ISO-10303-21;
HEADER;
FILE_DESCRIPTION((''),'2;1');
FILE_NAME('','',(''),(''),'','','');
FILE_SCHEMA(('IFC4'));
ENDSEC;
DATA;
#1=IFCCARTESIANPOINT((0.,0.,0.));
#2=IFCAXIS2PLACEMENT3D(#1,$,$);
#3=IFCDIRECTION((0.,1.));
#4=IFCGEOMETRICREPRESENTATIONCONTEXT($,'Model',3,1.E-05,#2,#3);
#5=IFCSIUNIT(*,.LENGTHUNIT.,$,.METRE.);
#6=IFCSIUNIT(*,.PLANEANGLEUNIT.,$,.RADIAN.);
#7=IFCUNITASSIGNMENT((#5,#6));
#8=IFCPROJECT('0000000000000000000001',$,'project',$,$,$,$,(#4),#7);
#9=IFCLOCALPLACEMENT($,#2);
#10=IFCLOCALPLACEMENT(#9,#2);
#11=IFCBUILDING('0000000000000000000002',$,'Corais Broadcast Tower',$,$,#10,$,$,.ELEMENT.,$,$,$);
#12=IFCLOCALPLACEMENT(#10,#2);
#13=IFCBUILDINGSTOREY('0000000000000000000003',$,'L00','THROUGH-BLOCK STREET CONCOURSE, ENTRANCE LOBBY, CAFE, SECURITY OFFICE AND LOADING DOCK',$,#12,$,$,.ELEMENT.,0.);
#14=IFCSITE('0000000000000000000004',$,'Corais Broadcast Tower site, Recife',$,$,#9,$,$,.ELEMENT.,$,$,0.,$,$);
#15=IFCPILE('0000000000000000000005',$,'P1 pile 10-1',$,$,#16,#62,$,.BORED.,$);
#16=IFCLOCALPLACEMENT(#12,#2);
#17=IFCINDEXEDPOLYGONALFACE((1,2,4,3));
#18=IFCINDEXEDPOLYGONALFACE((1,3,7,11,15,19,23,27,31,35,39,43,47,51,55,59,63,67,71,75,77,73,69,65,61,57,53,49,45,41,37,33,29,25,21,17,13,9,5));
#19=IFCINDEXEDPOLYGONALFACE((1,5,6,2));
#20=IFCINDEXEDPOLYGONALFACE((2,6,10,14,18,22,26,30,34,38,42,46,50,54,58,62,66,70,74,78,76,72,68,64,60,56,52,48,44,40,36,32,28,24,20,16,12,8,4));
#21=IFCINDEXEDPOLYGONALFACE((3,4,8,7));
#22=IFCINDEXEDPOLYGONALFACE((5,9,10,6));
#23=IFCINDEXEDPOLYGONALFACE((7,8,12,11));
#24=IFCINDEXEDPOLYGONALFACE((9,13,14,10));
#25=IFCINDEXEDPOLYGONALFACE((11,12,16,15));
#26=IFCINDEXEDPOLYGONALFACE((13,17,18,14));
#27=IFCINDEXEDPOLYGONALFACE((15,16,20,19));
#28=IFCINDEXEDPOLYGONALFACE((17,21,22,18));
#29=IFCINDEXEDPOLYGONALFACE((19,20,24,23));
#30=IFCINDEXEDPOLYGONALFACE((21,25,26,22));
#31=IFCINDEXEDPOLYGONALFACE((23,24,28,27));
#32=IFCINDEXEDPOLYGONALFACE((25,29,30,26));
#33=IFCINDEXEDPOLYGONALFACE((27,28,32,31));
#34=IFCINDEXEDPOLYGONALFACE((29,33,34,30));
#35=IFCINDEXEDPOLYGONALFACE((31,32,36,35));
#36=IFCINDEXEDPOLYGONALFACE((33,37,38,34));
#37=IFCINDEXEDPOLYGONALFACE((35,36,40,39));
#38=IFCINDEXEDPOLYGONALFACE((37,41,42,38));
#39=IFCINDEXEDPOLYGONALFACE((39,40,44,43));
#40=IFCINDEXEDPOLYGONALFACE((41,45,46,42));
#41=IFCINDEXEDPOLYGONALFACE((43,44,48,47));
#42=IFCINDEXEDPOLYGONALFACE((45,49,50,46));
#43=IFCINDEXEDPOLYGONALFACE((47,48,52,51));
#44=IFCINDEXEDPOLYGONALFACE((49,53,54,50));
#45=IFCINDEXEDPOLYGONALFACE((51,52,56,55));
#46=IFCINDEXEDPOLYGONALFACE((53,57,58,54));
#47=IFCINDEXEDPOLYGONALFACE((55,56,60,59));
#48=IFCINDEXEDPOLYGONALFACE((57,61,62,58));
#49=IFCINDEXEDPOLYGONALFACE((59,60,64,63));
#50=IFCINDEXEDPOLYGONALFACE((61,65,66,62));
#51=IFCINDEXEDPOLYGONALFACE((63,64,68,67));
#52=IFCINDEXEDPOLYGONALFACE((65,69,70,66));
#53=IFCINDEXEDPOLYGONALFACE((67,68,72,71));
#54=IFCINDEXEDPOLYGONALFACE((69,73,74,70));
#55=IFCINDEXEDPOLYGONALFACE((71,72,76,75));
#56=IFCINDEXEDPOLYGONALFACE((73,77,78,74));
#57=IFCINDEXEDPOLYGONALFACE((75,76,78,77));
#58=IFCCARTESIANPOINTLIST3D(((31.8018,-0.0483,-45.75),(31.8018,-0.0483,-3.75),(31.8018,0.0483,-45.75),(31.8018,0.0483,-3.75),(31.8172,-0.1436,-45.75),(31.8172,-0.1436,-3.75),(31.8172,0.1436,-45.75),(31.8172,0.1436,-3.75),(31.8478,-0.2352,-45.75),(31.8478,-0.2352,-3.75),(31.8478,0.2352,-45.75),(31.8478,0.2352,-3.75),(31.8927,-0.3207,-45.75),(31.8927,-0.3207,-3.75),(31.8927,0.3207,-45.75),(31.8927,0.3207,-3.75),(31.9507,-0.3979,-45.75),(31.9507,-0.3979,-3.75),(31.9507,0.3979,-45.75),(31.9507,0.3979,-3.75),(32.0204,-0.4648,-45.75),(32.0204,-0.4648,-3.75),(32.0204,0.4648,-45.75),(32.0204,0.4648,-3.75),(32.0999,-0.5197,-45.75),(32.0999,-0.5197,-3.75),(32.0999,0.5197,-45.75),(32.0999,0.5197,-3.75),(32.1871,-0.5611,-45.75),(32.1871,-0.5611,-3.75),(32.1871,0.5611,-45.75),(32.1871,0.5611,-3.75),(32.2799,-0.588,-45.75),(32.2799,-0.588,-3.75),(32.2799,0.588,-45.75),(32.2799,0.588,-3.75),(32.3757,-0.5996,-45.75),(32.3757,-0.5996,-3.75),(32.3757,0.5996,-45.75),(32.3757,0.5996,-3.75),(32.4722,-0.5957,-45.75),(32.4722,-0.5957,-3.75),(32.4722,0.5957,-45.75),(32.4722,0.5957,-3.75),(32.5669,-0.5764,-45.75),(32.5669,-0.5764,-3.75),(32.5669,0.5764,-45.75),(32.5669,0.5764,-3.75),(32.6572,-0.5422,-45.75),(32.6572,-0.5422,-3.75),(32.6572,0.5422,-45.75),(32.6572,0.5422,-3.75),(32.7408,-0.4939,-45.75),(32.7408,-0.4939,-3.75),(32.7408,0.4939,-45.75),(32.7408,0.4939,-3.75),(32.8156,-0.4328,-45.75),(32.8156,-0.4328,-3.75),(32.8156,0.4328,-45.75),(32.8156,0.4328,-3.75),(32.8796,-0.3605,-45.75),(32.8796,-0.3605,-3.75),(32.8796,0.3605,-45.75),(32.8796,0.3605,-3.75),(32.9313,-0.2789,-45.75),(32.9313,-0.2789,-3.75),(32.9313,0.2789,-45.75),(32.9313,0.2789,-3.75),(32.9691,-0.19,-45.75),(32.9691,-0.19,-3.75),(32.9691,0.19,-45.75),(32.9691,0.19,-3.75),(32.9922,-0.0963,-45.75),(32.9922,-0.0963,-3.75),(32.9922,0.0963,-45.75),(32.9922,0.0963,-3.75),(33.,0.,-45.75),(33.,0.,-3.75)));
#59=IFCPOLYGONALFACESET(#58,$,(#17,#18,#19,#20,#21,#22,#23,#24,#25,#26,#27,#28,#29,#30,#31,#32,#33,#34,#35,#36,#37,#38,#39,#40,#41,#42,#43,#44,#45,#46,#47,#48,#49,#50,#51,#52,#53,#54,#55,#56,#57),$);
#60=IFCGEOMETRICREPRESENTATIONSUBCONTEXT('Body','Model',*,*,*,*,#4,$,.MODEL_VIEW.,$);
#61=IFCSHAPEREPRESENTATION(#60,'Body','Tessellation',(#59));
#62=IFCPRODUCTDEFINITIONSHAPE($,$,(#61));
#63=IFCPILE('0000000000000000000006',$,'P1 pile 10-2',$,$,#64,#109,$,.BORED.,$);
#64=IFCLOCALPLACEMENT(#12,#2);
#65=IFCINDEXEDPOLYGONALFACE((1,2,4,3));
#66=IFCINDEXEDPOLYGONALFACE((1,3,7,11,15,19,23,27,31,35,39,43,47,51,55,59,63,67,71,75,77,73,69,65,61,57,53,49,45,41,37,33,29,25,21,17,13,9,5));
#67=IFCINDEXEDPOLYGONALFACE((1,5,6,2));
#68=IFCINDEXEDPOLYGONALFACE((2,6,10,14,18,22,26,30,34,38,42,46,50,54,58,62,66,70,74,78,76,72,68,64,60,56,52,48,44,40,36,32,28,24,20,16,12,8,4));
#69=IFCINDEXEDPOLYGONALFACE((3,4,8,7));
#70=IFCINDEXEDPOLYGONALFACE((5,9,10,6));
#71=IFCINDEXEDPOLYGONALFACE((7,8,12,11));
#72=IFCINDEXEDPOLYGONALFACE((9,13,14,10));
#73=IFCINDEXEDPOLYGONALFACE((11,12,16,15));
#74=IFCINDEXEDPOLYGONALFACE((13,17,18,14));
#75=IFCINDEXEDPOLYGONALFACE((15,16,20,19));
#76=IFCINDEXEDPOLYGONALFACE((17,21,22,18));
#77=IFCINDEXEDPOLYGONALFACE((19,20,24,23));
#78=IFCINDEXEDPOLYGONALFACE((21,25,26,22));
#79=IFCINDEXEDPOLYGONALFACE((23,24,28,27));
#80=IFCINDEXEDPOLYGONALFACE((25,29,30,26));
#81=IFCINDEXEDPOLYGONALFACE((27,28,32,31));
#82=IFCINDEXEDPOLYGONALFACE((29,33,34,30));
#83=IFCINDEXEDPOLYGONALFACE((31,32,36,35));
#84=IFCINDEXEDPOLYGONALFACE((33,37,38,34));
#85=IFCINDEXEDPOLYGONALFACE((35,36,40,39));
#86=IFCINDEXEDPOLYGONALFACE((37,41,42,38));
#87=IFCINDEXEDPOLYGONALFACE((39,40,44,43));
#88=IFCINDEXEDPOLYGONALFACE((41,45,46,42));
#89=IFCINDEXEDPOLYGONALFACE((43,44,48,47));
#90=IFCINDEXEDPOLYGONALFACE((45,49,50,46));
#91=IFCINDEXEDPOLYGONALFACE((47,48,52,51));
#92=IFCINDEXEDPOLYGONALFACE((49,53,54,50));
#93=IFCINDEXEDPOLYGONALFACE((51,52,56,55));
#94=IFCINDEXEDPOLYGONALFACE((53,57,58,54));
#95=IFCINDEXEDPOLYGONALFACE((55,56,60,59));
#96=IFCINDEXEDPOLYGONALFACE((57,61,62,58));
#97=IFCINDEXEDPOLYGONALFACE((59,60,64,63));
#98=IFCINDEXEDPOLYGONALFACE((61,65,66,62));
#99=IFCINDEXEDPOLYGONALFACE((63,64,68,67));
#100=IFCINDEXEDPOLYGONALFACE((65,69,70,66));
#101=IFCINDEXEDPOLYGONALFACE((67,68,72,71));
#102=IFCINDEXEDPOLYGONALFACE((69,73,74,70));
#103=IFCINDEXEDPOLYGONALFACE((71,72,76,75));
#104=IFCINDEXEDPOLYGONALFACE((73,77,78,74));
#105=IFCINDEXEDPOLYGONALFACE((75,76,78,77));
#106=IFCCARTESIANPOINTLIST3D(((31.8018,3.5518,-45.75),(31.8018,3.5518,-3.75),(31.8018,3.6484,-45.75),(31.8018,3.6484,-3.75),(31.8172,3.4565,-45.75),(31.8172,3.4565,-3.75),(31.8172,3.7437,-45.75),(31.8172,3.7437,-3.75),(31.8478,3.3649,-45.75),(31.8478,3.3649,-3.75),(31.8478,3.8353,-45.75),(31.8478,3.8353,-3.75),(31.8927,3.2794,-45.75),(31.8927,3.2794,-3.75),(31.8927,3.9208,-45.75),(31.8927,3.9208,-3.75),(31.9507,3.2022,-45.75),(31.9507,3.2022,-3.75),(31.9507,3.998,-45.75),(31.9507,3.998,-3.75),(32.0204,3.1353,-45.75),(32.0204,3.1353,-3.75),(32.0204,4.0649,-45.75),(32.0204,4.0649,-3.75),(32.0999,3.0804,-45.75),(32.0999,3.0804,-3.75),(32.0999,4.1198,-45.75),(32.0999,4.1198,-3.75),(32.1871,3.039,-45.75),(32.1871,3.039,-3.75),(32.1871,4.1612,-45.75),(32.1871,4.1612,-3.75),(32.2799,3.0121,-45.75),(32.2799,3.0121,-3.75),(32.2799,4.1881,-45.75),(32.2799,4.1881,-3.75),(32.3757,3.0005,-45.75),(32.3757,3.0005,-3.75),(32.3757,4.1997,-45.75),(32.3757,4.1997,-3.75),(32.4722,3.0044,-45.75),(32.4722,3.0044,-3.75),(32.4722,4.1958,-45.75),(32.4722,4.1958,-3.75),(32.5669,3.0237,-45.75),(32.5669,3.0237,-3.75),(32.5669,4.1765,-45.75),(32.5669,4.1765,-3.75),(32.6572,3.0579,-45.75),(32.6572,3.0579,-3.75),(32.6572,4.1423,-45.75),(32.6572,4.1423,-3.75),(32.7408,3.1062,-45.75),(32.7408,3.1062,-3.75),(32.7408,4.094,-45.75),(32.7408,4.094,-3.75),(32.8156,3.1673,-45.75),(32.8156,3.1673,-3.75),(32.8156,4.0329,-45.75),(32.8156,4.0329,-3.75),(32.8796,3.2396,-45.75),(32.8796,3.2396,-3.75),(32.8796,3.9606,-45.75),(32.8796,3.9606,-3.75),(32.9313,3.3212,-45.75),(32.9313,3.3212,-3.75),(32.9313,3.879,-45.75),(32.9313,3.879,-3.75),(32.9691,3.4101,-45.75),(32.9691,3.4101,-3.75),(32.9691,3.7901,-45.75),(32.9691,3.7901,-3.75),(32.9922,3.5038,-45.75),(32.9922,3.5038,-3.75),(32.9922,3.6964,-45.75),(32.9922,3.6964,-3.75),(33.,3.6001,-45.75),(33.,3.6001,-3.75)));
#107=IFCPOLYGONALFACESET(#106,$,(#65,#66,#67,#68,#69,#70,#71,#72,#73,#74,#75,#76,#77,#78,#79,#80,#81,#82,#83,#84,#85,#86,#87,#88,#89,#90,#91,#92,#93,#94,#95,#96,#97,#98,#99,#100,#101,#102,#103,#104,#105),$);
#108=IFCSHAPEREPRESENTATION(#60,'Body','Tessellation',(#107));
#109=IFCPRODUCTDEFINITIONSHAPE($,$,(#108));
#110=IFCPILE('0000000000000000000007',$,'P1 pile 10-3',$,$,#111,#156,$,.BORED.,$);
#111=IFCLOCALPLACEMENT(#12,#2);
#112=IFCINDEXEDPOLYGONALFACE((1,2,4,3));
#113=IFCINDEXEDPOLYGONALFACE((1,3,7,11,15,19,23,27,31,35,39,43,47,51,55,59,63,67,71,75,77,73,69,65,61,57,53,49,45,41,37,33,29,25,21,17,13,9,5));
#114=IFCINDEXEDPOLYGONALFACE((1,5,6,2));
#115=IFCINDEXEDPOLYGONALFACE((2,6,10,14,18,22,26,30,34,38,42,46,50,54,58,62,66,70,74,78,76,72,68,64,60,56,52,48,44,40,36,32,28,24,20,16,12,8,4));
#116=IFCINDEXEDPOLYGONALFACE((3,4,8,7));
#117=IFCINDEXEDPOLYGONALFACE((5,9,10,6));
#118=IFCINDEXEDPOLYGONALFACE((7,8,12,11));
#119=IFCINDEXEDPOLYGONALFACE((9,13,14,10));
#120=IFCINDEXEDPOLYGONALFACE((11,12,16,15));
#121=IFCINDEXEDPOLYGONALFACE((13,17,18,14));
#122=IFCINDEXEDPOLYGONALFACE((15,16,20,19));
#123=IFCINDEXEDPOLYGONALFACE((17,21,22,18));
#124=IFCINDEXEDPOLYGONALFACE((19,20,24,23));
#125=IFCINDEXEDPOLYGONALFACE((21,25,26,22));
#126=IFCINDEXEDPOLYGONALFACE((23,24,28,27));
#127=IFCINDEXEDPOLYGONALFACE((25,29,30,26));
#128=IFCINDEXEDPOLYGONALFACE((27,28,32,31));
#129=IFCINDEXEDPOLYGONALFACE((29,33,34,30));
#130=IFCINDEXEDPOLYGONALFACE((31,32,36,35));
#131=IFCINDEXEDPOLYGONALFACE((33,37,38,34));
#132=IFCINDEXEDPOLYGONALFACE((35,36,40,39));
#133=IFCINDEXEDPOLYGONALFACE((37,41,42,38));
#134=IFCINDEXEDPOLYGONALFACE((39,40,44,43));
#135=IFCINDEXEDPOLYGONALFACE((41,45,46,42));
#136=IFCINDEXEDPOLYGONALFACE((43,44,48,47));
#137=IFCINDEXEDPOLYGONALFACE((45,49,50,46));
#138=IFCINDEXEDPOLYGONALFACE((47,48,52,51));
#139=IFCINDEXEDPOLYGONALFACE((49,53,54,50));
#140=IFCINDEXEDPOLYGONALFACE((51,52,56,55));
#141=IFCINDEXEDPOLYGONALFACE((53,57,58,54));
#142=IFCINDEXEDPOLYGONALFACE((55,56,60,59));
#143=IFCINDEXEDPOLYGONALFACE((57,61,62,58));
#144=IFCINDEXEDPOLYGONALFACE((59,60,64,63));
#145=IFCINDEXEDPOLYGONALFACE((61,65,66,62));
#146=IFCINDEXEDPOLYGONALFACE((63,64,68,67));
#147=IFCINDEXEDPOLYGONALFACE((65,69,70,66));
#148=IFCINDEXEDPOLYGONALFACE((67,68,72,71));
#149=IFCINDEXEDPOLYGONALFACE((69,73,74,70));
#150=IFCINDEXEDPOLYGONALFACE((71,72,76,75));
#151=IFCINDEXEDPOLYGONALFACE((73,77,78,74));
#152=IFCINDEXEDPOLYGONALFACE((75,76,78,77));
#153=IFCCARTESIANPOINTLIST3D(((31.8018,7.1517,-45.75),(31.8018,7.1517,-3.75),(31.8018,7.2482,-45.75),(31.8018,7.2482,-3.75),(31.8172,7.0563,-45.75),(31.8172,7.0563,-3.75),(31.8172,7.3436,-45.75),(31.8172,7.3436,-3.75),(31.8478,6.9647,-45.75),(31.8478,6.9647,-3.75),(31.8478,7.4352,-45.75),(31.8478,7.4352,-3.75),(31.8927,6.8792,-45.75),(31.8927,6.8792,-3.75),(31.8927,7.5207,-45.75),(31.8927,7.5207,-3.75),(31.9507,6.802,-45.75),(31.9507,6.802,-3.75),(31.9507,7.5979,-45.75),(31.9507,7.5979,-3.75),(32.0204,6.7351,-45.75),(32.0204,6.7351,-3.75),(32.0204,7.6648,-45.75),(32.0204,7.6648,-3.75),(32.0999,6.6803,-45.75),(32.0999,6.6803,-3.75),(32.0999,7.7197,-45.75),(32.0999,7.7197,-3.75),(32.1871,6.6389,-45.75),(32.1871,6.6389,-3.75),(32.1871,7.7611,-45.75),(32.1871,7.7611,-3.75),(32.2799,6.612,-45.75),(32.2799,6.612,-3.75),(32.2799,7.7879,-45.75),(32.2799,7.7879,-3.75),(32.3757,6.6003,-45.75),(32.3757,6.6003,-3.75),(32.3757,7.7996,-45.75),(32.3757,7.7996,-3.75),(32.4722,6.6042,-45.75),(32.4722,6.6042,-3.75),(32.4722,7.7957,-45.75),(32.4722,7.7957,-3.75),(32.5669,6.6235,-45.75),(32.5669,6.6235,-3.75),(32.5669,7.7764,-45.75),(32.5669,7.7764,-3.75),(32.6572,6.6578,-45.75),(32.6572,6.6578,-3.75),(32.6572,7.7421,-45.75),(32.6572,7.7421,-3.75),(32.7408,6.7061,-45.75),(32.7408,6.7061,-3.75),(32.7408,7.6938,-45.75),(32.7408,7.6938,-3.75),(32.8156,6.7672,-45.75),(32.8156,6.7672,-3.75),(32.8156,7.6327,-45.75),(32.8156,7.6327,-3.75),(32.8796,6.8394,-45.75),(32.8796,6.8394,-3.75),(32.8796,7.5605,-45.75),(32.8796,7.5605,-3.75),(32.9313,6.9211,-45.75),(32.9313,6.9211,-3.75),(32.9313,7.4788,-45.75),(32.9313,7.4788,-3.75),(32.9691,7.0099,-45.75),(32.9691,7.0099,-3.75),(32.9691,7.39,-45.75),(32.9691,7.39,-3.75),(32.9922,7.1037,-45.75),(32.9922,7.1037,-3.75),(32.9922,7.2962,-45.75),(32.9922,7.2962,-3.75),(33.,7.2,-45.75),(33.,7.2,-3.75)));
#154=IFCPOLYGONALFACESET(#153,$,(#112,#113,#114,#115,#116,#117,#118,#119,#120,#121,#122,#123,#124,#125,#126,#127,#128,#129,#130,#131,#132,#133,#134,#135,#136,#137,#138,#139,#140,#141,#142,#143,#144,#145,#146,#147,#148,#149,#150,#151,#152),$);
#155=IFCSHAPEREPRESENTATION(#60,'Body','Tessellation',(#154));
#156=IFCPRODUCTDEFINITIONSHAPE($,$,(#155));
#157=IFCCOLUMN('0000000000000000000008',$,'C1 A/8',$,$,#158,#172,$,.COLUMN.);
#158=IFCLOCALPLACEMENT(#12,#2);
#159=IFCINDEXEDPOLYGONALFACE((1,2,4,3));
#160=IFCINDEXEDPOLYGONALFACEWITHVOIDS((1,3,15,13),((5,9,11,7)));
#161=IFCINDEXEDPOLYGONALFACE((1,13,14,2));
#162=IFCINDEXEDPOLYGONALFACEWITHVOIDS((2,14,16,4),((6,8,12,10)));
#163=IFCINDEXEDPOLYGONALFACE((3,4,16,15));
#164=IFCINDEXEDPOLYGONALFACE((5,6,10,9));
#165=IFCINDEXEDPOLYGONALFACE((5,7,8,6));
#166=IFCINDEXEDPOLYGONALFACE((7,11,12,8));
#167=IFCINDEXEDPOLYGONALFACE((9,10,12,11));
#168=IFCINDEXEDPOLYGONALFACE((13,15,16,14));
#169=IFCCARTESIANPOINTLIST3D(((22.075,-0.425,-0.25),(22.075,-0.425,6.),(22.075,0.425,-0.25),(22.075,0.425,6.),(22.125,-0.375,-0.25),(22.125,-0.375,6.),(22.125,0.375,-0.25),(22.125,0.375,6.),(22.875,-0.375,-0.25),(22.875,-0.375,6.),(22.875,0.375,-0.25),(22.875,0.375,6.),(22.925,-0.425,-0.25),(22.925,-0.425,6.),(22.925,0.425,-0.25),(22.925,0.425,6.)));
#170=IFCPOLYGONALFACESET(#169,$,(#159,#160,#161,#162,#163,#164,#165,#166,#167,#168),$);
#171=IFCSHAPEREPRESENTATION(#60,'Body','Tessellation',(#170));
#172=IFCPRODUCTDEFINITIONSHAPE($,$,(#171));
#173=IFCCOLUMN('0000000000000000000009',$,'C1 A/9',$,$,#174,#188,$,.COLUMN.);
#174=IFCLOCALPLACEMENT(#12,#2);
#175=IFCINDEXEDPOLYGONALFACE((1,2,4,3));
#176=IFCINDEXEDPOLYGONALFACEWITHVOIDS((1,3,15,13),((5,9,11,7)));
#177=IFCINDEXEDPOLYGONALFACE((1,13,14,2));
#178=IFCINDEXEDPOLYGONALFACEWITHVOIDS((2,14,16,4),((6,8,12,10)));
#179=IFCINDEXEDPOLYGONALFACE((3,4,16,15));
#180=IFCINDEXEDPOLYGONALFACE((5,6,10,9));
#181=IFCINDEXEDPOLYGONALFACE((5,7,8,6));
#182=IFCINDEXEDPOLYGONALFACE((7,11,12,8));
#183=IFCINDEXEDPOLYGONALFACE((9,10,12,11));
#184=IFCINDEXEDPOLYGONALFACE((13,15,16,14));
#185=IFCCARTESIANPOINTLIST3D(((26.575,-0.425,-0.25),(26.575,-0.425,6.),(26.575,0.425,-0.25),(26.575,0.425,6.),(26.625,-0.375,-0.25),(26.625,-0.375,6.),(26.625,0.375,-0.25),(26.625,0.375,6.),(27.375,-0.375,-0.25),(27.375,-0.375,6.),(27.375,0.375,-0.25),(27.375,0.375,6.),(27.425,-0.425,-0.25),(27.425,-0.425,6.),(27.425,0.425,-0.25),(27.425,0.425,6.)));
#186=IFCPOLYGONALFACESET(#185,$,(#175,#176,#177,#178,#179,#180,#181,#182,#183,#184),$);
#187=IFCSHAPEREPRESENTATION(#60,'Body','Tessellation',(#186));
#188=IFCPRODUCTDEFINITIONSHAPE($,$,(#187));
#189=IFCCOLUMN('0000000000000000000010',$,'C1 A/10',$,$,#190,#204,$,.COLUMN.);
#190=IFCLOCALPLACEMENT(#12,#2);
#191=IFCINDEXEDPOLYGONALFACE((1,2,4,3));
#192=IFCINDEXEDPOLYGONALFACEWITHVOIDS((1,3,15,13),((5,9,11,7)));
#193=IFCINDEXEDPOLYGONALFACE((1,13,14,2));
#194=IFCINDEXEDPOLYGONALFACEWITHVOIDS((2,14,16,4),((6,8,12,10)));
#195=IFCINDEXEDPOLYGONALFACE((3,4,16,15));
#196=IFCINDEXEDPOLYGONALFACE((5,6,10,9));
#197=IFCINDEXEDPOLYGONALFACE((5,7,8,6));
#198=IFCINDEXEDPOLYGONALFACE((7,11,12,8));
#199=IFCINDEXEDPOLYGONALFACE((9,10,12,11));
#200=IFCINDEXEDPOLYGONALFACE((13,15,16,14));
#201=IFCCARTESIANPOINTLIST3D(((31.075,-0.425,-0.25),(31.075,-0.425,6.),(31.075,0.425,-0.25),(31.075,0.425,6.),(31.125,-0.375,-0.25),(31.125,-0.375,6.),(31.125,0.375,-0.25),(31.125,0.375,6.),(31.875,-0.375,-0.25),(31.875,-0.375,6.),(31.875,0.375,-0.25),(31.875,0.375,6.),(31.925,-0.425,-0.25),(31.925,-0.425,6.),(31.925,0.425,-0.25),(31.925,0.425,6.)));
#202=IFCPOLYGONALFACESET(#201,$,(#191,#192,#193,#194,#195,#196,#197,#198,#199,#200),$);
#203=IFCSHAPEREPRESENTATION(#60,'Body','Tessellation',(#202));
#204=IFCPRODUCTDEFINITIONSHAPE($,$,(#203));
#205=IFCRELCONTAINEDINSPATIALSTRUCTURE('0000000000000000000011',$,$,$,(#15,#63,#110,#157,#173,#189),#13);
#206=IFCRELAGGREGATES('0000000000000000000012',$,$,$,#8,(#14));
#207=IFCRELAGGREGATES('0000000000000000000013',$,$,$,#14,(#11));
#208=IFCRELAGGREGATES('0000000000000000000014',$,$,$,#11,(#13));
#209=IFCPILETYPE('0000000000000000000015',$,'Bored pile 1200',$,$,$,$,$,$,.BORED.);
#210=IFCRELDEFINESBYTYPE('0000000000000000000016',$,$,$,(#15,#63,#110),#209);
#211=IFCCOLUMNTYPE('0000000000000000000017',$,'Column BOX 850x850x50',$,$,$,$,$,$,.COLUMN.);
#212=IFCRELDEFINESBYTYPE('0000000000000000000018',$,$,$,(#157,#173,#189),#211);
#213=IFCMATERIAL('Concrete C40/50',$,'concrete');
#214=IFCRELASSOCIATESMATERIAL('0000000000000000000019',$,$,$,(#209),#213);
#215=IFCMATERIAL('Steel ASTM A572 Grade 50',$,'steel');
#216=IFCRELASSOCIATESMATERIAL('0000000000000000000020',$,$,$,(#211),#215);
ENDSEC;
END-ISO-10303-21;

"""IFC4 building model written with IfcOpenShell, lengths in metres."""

from ifc_helpers import new_model, si_unit, direction, frame, origin, origin_2d, place, context, subcontext, project, spatial, hollow_rectangle, circle, extrude, material, material_profile, profile_set, type_object, element, save


model = new_model("IFC4")

# Units and contexts
model_context = context("Model", 3, precision=1e-05, world=origin(), true_north=direction((0.0, 1.0)))
body_context = subcontext(model_context, "Body", "Model", "MODEL_VIEW")
ifc_project = project(units=[si_unit("LENGTHUNIT", "METRE"), si_unit("PLANEANGLEUNIT", "RADIAN")], contexts=[model_context])

# Site, building, storey
site_placement = place(None, origin())
site = spatial("IfcSite", under=ifc_project, at=site_placement, Name="Corais Broadcast Tower site, Recife", CompositionType="ELEMENT", RefElevation=0.0)
building_placement = place(site_placement, origin())
building = spatial("IfcBuilding", under=site, at=building_placement, Name="Corais Broadcast Tower", CompositionType="ELEMENT")
storey_placement = place(building_placement, origin())
storey = spatial("IfcBuildingStorey", under=building, at=storey_placement, Name="L00", Description="THROUGH-BLOCK STREET CONCOURSE, ENTRANCE LOBBY, CAFE, SECURITY OFFICE AND LOADING DOCK", CompositionType="ELEMENT", Elevation=0.0)

# Piles
ifc_material_1 = material(Name="Concrete C40/50", Category="concrete")
pile_type = type_object("IfcPileType", Name="Bored pile 1200", PredefinedType="BORED", material=ifc_material_1)
for number, where, z_axis, x_axis, name in (
    (1, (32.3999, 0.0, -3.75), (0.0, 0.0, -1.0), (1.0, 0.0, 0.0), "P1 pile 10-1"),
    (2, (32.3999, 3.6001, -3.75), (0.0, 0.0, -1.0), (1.0, 0.0, 0.0), "P1 pile 10-2"),
    (3, (32.3999, 7.2, -3.75), (0.0, 0.0, -1.0), (1.0, 0.0, 0.0), "P1 pile 10-3"),
):
    element("IfcPile", number, at=place(storey_placement, frame(where, z_axis=z_axis, x_axis=x_axis)), inside=storey, type_object=pile_type, Name=name, PredefinedType="BORED", context=body_context, shape_type="SweptSolid", body=[
        extrude(circle(Radius=0.6001, at=origin_2d()), origin(), (0.0, 0.0, 1.0), 42.0),
    ])

# Columns
ifc_material_2 = material(Name="Steel ASTM A572 Grade 50", Category="steel")
ifc_material_profile_1 = material_profile(ifc_material_2, hollow_rectangle(XDim=0.8501, YDim=0.8501, WallThickness=0.05, at=origin_2d()), Name="BOX 850x850x50")
ifc_profile_set_1 = profile_set([ifc_material_profile_1], Name="Steel ASTM A572 Grade 50")
column_type = type_object("IfcColumnType", Name="Column BOX 850x850x50", PredefinedType="COLUMN", material=ifc_profile_set_1)
for number, where, z_axis, x_axis, name in (
    (4, (22.5, 0.0, -0.25), (0.0, 0.0, 1.0), (1.0, 0.0, 0.0), "C1 A/8"),
    (5, (27.0, 0.0, -0.25), (0.0, 0.0, 1.0), (1.0, 0.0, 0.0), "C1 A/9"),
    (6, (31.5, 0.0, -0.25), (0.0, 0.0, 1.0), (1.0, 0.0, 0.0), "C1 A/10"),
):
    element("IfcColumn", number, at=place(storey_placement, frame(where, z_axis=z_axis, x_axis=x_axis)), inside=storey, type_object=column_type, Name=name, PredefinedType="COLUMN", context=body_context, shape_type="SweptSolid", body=[
        extrude(hollow_rectangle(XDim=0.8501, YDim=0.8501, WallThickness=0.05, at=origin_2d()), origin(), (0.0, 0.0, 1.0), 6.25),
    ])

save(model, "model.ifc")
